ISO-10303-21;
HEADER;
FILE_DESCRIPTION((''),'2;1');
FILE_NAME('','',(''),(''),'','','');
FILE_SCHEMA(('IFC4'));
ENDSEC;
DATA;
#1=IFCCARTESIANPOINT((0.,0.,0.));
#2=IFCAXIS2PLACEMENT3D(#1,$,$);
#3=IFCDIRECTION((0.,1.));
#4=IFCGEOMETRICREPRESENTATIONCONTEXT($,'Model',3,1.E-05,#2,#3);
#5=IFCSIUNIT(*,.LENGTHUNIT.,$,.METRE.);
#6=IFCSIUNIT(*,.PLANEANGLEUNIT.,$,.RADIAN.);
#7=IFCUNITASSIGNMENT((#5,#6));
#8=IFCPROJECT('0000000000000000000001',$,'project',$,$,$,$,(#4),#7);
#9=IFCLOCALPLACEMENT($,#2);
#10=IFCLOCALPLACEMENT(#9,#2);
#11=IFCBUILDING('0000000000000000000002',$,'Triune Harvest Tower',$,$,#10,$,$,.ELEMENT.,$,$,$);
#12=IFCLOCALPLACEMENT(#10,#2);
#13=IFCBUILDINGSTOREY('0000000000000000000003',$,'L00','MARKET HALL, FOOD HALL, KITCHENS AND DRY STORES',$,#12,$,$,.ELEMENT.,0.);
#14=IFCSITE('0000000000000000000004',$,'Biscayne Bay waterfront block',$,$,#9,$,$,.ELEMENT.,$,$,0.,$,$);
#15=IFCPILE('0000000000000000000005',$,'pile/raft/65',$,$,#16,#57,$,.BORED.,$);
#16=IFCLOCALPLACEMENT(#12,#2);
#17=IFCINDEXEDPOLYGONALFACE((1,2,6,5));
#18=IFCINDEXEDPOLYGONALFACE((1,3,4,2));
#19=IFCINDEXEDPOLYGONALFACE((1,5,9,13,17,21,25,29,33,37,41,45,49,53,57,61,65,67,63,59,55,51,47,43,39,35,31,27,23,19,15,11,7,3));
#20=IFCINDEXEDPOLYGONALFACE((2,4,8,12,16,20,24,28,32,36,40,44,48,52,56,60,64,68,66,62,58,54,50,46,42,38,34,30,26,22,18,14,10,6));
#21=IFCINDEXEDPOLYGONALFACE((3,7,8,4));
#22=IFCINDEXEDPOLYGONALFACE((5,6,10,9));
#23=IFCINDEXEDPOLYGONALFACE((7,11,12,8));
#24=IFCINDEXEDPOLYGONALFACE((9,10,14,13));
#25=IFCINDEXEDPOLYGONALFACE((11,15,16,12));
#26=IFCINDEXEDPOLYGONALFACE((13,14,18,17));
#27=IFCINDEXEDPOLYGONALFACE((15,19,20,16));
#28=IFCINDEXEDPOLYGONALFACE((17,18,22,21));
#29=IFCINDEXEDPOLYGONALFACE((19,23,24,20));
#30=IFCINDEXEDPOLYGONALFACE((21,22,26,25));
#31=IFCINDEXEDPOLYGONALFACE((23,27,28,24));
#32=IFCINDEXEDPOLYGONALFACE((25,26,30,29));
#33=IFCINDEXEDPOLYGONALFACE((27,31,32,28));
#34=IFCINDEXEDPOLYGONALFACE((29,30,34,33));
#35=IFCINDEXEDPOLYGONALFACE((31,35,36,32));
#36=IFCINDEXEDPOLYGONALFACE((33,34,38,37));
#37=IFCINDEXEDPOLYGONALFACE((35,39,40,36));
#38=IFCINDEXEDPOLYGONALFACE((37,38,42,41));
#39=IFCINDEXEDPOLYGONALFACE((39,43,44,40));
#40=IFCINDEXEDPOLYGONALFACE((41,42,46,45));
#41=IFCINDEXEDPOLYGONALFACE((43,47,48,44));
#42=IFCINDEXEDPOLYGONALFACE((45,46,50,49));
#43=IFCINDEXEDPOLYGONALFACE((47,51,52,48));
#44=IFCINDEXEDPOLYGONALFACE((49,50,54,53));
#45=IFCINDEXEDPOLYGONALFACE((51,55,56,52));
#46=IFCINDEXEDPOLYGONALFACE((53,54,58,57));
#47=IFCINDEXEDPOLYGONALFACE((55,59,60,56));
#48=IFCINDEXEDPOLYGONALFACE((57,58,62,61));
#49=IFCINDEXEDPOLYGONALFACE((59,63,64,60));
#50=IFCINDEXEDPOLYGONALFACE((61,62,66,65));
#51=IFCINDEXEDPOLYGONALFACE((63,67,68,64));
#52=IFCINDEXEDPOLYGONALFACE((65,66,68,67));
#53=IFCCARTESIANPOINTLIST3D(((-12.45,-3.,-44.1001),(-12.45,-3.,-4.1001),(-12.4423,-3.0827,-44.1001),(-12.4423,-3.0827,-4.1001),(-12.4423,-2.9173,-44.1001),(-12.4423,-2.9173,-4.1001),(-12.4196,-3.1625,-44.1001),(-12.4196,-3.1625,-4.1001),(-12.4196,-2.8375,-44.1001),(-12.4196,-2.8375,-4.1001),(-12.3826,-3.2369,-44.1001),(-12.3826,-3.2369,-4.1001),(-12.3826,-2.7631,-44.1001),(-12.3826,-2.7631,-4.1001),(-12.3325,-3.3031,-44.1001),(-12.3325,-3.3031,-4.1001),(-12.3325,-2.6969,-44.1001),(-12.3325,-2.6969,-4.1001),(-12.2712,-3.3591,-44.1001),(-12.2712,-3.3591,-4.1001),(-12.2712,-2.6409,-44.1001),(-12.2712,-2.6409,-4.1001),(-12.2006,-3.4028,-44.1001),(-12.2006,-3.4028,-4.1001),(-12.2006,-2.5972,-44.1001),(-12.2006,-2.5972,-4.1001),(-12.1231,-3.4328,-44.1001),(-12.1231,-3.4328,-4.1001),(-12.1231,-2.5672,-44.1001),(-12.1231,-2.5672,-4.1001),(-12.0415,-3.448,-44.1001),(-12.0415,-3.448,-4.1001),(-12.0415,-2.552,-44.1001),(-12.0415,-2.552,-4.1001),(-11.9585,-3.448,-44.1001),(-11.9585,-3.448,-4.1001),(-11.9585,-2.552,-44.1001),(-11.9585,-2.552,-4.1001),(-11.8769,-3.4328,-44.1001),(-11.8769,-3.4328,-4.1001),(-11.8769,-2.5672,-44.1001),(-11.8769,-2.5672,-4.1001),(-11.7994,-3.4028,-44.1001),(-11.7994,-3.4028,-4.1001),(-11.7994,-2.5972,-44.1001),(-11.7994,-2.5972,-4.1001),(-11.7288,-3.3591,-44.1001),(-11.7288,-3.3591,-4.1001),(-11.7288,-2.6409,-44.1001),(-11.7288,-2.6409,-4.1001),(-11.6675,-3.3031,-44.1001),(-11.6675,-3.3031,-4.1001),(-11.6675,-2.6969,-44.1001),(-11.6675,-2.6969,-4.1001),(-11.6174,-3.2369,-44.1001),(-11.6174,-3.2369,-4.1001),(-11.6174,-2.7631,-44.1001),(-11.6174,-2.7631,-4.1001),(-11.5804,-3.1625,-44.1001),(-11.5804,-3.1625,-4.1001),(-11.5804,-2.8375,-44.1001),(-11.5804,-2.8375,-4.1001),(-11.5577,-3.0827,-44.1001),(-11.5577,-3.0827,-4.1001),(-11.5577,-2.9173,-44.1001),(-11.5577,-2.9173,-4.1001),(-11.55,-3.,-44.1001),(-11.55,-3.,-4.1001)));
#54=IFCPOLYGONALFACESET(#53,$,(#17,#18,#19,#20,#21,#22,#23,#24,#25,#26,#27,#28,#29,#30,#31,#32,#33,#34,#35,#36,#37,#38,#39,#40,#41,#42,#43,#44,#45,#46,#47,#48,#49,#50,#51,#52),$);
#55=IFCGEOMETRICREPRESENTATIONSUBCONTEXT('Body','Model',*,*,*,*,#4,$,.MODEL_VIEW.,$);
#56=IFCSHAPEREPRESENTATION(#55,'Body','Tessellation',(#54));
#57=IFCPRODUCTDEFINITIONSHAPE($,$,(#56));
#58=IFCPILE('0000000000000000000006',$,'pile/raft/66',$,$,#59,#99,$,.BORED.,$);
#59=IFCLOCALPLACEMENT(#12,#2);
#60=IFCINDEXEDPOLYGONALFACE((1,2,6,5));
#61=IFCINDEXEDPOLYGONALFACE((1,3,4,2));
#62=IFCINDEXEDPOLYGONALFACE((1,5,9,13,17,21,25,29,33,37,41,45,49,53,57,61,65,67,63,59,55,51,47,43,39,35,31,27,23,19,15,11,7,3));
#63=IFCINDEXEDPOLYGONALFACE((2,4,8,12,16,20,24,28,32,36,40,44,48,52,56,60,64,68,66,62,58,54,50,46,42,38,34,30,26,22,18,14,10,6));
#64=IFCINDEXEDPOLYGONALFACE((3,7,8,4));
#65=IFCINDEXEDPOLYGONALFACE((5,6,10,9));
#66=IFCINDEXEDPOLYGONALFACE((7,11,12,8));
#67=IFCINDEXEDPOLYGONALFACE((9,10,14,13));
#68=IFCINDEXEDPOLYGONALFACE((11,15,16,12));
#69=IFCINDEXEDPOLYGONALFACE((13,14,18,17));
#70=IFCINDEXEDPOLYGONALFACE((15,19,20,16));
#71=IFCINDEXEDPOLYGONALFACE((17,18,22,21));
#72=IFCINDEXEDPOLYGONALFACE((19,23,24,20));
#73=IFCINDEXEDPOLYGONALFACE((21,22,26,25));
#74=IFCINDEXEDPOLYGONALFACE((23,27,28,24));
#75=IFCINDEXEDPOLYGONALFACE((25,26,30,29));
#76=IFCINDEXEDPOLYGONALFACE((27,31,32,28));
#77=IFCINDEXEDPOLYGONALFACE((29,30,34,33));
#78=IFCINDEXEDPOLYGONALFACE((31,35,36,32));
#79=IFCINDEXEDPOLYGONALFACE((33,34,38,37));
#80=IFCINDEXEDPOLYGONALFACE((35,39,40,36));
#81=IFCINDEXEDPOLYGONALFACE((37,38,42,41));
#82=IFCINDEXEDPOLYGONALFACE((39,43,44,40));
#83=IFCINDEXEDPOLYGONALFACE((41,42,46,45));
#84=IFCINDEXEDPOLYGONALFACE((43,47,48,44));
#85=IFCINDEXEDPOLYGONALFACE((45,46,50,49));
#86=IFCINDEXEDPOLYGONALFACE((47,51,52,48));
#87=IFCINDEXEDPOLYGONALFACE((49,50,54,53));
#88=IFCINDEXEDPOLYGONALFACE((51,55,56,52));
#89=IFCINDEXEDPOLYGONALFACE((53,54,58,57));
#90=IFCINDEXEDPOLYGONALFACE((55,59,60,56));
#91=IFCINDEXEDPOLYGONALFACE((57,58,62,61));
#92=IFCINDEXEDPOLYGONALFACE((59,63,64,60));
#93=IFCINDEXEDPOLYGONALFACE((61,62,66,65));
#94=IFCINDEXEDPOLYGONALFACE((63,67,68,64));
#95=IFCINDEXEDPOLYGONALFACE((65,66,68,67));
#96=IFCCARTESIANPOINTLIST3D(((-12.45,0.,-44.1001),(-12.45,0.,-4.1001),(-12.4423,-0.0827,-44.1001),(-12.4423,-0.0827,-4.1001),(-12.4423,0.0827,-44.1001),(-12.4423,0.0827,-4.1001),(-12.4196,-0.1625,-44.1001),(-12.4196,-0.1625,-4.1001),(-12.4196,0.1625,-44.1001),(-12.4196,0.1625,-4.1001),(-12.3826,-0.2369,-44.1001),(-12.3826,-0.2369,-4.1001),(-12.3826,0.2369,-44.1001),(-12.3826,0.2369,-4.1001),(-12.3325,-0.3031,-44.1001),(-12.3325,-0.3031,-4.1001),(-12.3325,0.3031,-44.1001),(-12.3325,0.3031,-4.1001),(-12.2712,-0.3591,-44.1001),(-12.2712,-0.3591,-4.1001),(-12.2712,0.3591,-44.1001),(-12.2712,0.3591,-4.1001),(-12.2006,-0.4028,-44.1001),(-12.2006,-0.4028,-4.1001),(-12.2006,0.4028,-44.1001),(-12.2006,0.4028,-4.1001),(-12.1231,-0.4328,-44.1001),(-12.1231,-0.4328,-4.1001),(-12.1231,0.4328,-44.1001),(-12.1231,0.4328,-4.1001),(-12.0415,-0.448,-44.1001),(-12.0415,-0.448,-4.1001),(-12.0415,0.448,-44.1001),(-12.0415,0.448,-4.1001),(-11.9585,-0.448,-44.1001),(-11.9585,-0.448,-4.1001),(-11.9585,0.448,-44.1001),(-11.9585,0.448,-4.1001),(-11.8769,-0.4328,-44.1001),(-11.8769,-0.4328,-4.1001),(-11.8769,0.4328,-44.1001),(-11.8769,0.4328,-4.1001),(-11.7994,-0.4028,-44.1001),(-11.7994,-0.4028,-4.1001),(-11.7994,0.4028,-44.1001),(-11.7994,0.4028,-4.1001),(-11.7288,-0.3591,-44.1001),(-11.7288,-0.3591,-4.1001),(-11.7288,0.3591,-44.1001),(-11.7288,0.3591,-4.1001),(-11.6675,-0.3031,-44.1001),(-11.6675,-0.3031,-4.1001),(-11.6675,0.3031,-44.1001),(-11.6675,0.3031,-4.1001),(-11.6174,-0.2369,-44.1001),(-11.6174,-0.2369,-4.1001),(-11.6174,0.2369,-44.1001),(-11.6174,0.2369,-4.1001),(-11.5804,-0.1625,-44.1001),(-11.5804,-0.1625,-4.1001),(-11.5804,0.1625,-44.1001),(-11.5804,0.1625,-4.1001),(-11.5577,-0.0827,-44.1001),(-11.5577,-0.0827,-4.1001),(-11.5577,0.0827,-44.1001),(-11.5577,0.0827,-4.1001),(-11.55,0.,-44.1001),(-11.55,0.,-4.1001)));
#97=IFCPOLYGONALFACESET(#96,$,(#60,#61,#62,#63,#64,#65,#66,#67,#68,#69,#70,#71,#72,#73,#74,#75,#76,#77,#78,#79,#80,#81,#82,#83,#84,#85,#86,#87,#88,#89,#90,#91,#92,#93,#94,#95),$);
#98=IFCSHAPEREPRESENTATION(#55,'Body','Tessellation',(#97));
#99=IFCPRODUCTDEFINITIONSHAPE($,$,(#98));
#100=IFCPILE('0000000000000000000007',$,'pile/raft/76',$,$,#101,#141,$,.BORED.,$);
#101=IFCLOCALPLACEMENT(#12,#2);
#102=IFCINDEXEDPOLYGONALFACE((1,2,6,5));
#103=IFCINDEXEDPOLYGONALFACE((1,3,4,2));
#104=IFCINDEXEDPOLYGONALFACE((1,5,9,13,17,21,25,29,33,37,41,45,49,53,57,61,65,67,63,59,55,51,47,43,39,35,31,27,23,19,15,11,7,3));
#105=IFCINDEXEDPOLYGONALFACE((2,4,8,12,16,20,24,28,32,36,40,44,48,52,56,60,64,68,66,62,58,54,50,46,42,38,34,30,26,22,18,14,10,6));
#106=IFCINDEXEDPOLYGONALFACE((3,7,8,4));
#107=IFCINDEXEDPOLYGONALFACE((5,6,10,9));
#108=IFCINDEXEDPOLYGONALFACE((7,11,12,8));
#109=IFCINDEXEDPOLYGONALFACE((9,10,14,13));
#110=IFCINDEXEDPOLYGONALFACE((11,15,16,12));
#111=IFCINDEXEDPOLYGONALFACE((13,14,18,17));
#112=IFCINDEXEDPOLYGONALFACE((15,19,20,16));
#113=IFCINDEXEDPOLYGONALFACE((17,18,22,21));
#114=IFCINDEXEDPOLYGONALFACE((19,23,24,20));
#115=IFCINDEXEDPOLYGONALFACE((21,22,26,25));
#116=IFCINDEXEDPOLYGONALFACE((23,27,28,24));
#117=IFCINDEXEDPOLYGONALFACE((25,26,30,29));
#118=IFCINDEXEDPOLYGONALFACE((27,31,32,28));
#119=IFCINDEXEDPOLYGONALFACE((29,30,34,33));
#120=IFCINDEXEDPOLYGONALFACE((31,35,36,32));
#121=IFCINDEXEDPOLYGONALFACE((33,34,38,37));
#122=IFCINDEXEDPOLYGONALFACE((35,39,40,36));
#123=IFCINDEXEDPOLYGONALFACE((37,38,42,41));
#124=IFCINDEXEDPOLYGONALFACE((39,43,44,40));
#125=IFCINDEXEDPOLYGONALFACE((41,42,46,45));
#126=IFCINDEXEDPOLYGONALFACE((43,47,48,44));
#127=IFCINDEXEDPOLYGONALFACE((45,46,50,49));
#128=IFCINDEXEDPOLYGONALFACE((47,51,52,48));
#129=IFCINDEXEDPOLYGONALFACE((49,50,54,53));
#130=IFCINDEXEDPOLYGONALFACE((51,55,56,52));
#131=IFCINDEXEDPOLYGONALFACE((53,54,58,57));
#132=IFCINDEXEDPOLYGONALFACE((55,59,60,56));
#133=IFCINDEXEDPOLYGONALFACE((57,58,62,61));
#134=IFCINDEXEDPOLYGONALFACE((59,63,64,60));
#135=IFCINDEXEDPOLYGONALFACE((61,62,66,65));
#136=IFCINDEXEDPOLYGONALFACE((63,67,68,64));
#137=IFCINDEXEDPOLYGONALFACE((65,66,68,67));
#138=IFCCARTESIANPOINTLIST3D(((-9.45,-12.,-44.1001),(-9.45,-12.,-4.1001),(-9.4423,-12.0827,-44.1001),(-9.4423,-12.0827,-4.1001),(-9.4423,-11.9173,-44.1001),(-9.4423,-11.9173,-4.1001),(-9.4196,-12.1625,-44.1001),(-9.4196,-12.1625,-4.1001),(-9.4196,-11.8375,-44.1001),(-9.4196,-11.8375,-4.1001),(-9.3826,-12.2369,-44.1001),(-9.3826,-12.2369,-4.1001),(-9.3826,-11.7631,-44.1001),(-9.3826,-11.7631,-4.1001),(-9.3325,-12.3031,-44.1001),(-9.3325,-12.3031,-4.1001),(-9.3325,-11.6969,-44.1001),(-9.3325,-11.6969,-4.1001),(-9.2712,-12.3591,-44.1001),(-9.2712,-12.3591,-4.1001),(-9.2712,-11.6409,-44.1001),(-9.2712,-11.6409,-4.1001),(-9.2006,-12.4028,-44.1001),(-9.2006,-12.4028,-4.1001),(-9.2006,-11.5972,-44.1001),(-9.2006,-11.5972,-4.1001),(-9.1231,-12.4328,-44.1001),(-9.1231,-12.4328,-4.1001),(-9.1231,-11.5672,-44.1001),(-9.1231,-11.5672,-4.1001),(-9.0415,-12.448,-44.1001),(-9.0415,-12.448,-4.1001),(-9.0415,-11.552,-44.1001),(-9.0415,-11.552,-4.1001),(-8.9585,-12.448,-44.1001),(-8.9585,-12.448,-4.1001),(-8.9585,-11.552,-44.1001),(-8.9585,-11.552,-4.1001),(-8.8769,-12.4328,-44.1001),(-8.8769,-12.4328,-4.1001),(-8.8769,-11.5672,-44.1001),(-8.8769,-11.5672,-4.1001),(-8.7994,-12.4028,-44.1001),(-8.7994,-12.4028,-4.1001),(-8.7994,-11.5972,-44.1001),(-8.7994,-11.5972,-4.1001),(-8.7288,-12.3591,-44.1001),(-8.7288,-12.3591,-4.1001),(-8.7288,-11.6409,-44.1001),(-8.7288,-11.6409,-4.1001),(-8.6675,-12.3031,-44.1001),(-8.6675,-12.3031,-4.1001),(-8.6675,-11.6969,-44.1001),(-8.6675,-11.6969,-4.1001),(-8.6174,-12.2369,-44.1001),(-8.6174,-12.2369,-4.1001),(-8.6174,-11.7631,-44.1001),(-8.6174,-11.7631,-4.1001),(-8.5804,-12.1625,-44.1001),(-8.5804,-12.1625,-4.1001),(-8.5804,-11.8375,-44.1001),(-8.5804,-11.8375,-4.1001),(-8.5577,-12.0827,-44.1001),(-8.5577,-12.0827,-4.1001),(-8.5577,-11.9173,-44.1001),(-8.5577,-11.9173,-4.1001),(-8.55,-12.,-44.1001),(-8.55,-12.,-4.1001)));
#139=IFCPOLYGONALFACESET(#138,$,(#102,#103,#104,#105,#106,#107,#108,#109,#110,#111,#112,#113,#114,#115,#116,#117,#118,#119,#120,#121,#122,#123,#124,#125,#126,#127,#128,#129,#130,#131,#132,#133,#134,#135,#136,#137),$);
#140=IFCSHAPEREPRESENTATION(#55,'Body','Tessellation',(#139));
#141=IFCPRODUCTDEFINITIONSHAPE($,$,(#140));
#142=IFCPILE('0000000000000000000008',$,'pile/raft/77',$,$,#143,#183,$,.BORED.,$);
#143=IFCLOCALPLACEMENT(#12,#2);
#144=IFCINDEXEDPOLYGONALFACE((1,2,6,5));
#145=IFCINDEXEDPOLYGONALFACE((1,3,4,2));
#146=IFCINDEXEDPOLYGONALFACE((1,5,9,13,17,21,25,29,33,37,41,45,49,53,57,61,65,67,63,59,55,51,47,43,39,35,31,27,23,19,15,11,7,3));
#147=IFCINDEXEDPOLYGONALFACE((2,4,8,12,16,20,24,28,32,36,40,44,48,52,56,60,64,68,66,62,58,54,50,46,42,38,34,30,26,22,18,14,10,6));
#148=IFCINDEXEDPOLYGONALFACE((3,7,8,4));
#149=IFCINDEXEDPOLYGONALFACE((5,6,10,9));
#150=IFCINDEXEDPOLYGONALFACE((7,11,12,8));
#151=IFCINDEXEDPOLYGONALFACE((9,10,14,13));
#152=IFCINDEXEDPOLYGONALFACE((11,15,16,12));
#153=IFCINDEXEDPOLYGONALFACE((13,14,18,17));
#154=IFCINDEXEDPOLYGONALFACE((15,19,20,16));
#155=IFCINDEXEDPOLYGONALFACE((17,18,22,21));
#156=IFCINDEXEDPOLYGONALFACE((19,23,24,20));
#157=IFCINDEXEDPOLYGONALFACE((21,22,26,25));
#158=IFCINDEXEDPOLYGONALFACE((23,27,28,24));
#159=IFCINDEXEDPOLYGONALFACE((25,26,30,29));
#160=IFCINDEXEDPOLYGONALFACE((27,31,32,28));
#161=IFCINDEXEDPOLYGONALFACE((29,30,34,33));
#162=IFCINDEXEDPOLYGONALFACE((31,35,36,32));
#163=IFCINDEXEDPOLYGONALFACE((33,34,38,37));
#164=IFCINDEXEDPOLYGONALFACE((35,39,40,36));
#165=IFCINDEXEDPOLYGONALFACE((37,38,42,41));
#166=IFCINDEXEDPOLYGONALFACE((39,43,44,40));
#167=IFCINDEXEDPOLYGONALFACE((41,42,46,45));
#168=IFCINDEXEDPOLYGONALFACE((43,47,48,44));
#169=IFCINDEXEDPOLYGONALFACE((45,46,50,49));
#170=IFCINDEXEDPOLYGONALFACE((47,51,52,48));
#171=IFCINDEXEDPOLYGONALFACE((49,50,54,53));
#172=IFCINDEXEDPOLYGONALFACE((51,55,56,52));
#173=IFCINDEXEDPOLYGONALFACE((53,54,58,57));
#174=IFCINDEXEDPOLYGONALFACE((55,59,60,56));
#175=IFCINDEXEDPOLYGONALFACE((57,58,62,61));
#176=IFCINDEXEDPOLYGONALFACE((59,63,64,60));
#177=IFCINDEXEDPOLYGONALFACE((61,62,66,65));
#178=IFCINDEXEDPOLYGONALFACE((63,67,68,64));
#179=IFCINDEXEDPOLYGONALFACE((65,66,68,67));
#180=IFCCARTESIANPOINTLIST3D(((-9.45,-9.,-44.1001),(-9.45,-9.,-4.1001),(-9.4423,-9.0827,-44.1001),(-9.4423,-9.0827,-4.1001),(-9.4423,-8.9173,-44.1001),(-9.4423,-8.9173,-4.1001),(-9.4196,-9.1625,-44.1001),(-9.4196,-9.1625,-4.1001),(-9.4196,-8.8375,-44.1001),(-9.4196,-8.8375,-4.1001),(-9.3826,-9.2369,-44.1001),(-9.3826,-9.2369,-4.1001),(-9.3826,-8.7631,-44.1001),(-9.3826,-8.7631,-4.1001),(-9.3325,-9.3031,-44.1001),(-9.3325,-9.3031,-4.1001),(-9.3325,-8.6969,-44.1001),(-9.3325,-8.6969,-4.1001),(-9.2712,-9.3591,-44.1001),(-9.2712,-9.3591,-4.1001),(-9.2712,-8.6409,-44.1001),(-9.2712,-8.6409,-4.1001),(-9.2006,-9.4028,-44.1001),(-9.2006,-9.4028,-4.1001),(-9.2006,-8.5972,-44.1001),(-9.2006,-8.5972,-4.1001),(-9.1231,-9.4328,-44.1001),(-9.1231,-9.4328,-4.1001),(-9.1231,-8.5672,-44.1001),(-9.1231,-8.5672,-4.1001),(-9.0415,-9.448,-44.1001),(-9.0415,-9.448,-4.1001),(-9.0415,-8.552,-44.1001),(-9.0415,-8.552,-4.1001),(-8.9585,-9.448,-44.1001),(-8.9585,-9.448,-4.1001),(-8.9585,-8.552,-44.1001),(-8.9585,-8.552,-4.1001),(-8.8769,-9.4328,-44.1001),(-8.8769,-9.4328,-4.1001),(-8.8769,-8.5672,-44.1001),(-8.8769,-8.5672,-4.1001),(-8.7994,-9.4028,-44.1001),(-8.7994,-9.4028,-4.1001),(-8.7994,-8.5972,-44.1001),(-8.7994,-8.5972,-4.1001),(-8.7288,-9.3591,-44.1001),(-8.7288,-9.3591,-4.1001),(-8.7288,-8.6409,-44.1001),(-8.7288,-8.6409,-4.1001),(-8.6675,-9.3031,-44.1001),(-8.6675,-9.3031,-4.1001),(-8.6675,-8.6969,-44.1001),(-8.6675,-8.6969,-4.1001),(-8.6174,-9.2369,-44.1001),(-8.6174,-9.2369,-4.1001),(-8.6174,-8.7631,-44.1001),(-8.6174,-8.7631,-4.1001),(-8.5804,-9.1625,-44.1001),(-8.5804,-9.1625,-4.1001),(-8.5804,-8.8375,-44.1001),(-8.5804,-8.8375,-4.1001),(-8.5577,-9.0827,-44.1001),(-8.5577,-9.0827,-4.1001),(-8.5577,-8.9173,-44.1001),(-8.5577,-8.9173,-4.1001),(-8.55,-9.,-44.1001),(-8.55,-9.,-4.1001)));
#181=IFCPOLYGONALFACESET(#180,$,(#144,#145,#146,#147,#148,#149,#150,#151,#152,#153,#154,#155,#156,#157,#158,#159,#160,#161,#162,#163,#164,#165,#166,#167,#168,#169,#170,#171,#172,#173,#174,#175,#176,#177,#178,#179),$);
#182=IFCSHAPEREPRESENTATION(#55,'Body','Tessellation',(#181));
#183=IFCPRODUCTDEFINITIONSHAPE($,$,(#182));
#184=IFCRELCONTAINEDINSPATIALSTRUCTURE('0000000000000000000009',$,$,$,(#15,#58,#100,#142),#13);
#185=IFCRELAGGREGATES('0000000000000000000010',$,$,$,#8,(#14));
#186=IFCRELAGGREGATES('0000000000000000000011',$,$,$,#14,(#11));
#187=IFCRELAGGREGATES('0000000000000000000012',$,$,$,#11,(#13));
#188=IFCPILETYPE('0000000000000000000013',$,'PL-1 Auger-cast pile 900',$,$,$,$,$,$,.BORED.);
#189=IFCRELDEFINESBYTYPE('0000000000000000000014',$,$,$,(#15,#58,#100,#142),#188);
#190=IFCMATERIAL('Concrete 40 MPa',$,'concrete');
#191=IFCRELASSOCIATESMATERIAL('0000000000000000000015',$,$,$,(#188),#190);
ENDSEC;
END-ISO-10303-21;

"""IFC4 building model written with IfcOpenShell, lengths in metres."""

from ifc_helpers import new_model, si_unit, direction, frame, origin, origin_2d, place, context, subcontext, project, spatial, circle, extrude, source, transform, mapped, material, material_profile, profile_set, type_object, element, save


model = new_model("IFC4")

# Units and contexts
model_context = context("Model", 3, precision=1e-05, world=origin(), true_north=direction((0.0, 1.0)))
body_context = subcontext(model_context, "Body", "Model", "MODEL_VIEW")
ifc_project = project(units=[si_unit("LENGTHUNIT", "METRE"), si_unit("PLANEANGLEUNIT", "RADIAN")], contexts=[model_context])

# Site, building, storey
site_placement = place(None, origin())
site = spatial("IfcSite", under=ifc_project, at=site_placement, Name="Biscayne Bay waterfront block", CompositionType="ELEMENT", RefElevation=0.0)
building_placement = place(site_placement, origin())
building = spatial("IfcBuilding", under=site, at=building_placement, Name="Triune Harvest Tower", CompositionType="ELEMENT")
storey_placement = place(building_placement, origin())
storey = spatial("IfcBuildingStorey", under=building, at=storey_placement, Name="L00", Description="MARKET HALL, FOOD HALL, KITCHENS AND DRY STORES", CompositionType="ELEMENT", Elevation=0.0)

# Piles
ifc_material_1 = material(Name="Concrete 40 MPa", Category="concrete")
ifc_material_profile = material_profile(ifc_material_1, circle(Radius=0.45, at=origin_2d()), Name="Bored 900")
ifc_profile_set = profile_set([ifc_material_profile], Name="Concrete 40 MPa")
pile_type = type_object("IfcPileType", Name="PL-1 Auger-cast pile 900", PredefinedType="BORED", material=ifc_profile_set)
shared_shape_1 = source(origin(), body_context, "Body", "SweptSolid", [
    extrude(circle(Radius=0.45, at=origin_2d()), origin(), (0.0, 0.0, 1.0), 40.0),
])
for number, where, z_axis, x_axis, name in (
    (1, (-12.0, -3.0, -4.1001), (0.0, 0.0, -1.0), (1.0, 0.0, 0.0), "pile/raft/65"),
    (2, (-12.0, 0.0, -4.1001), (0.0, 0.0, -1.0), (1.0, 0.0, 0.0), "pile/raft/66"),
    (3, (-9.0, -12.0, -4.1001), (0.0, 0.0, -1.0), (1.0, 0.0, 0.0), "pile/raft/76"),
    (4, (-9.0, -9.0, -4.1001), (0.0, 0.0, -1.0), (1.0, 0.0, 0.0), "pile/raft/77"),
):
    element("IfcPile", number, at=place(storey_placement, frame(where, z_axis=z_axis, x_axis=x_axis)), inside=storey, type_object=pile_type, Name=name, PredefinedType="BORED", context=body_context, shape_type="MappedRepresentation", body=[
        mapped(shared_shape_1, transform((0.0, 0.0, 0.0), scale=1.0)),
    ])

save(model, "model.ifc")
